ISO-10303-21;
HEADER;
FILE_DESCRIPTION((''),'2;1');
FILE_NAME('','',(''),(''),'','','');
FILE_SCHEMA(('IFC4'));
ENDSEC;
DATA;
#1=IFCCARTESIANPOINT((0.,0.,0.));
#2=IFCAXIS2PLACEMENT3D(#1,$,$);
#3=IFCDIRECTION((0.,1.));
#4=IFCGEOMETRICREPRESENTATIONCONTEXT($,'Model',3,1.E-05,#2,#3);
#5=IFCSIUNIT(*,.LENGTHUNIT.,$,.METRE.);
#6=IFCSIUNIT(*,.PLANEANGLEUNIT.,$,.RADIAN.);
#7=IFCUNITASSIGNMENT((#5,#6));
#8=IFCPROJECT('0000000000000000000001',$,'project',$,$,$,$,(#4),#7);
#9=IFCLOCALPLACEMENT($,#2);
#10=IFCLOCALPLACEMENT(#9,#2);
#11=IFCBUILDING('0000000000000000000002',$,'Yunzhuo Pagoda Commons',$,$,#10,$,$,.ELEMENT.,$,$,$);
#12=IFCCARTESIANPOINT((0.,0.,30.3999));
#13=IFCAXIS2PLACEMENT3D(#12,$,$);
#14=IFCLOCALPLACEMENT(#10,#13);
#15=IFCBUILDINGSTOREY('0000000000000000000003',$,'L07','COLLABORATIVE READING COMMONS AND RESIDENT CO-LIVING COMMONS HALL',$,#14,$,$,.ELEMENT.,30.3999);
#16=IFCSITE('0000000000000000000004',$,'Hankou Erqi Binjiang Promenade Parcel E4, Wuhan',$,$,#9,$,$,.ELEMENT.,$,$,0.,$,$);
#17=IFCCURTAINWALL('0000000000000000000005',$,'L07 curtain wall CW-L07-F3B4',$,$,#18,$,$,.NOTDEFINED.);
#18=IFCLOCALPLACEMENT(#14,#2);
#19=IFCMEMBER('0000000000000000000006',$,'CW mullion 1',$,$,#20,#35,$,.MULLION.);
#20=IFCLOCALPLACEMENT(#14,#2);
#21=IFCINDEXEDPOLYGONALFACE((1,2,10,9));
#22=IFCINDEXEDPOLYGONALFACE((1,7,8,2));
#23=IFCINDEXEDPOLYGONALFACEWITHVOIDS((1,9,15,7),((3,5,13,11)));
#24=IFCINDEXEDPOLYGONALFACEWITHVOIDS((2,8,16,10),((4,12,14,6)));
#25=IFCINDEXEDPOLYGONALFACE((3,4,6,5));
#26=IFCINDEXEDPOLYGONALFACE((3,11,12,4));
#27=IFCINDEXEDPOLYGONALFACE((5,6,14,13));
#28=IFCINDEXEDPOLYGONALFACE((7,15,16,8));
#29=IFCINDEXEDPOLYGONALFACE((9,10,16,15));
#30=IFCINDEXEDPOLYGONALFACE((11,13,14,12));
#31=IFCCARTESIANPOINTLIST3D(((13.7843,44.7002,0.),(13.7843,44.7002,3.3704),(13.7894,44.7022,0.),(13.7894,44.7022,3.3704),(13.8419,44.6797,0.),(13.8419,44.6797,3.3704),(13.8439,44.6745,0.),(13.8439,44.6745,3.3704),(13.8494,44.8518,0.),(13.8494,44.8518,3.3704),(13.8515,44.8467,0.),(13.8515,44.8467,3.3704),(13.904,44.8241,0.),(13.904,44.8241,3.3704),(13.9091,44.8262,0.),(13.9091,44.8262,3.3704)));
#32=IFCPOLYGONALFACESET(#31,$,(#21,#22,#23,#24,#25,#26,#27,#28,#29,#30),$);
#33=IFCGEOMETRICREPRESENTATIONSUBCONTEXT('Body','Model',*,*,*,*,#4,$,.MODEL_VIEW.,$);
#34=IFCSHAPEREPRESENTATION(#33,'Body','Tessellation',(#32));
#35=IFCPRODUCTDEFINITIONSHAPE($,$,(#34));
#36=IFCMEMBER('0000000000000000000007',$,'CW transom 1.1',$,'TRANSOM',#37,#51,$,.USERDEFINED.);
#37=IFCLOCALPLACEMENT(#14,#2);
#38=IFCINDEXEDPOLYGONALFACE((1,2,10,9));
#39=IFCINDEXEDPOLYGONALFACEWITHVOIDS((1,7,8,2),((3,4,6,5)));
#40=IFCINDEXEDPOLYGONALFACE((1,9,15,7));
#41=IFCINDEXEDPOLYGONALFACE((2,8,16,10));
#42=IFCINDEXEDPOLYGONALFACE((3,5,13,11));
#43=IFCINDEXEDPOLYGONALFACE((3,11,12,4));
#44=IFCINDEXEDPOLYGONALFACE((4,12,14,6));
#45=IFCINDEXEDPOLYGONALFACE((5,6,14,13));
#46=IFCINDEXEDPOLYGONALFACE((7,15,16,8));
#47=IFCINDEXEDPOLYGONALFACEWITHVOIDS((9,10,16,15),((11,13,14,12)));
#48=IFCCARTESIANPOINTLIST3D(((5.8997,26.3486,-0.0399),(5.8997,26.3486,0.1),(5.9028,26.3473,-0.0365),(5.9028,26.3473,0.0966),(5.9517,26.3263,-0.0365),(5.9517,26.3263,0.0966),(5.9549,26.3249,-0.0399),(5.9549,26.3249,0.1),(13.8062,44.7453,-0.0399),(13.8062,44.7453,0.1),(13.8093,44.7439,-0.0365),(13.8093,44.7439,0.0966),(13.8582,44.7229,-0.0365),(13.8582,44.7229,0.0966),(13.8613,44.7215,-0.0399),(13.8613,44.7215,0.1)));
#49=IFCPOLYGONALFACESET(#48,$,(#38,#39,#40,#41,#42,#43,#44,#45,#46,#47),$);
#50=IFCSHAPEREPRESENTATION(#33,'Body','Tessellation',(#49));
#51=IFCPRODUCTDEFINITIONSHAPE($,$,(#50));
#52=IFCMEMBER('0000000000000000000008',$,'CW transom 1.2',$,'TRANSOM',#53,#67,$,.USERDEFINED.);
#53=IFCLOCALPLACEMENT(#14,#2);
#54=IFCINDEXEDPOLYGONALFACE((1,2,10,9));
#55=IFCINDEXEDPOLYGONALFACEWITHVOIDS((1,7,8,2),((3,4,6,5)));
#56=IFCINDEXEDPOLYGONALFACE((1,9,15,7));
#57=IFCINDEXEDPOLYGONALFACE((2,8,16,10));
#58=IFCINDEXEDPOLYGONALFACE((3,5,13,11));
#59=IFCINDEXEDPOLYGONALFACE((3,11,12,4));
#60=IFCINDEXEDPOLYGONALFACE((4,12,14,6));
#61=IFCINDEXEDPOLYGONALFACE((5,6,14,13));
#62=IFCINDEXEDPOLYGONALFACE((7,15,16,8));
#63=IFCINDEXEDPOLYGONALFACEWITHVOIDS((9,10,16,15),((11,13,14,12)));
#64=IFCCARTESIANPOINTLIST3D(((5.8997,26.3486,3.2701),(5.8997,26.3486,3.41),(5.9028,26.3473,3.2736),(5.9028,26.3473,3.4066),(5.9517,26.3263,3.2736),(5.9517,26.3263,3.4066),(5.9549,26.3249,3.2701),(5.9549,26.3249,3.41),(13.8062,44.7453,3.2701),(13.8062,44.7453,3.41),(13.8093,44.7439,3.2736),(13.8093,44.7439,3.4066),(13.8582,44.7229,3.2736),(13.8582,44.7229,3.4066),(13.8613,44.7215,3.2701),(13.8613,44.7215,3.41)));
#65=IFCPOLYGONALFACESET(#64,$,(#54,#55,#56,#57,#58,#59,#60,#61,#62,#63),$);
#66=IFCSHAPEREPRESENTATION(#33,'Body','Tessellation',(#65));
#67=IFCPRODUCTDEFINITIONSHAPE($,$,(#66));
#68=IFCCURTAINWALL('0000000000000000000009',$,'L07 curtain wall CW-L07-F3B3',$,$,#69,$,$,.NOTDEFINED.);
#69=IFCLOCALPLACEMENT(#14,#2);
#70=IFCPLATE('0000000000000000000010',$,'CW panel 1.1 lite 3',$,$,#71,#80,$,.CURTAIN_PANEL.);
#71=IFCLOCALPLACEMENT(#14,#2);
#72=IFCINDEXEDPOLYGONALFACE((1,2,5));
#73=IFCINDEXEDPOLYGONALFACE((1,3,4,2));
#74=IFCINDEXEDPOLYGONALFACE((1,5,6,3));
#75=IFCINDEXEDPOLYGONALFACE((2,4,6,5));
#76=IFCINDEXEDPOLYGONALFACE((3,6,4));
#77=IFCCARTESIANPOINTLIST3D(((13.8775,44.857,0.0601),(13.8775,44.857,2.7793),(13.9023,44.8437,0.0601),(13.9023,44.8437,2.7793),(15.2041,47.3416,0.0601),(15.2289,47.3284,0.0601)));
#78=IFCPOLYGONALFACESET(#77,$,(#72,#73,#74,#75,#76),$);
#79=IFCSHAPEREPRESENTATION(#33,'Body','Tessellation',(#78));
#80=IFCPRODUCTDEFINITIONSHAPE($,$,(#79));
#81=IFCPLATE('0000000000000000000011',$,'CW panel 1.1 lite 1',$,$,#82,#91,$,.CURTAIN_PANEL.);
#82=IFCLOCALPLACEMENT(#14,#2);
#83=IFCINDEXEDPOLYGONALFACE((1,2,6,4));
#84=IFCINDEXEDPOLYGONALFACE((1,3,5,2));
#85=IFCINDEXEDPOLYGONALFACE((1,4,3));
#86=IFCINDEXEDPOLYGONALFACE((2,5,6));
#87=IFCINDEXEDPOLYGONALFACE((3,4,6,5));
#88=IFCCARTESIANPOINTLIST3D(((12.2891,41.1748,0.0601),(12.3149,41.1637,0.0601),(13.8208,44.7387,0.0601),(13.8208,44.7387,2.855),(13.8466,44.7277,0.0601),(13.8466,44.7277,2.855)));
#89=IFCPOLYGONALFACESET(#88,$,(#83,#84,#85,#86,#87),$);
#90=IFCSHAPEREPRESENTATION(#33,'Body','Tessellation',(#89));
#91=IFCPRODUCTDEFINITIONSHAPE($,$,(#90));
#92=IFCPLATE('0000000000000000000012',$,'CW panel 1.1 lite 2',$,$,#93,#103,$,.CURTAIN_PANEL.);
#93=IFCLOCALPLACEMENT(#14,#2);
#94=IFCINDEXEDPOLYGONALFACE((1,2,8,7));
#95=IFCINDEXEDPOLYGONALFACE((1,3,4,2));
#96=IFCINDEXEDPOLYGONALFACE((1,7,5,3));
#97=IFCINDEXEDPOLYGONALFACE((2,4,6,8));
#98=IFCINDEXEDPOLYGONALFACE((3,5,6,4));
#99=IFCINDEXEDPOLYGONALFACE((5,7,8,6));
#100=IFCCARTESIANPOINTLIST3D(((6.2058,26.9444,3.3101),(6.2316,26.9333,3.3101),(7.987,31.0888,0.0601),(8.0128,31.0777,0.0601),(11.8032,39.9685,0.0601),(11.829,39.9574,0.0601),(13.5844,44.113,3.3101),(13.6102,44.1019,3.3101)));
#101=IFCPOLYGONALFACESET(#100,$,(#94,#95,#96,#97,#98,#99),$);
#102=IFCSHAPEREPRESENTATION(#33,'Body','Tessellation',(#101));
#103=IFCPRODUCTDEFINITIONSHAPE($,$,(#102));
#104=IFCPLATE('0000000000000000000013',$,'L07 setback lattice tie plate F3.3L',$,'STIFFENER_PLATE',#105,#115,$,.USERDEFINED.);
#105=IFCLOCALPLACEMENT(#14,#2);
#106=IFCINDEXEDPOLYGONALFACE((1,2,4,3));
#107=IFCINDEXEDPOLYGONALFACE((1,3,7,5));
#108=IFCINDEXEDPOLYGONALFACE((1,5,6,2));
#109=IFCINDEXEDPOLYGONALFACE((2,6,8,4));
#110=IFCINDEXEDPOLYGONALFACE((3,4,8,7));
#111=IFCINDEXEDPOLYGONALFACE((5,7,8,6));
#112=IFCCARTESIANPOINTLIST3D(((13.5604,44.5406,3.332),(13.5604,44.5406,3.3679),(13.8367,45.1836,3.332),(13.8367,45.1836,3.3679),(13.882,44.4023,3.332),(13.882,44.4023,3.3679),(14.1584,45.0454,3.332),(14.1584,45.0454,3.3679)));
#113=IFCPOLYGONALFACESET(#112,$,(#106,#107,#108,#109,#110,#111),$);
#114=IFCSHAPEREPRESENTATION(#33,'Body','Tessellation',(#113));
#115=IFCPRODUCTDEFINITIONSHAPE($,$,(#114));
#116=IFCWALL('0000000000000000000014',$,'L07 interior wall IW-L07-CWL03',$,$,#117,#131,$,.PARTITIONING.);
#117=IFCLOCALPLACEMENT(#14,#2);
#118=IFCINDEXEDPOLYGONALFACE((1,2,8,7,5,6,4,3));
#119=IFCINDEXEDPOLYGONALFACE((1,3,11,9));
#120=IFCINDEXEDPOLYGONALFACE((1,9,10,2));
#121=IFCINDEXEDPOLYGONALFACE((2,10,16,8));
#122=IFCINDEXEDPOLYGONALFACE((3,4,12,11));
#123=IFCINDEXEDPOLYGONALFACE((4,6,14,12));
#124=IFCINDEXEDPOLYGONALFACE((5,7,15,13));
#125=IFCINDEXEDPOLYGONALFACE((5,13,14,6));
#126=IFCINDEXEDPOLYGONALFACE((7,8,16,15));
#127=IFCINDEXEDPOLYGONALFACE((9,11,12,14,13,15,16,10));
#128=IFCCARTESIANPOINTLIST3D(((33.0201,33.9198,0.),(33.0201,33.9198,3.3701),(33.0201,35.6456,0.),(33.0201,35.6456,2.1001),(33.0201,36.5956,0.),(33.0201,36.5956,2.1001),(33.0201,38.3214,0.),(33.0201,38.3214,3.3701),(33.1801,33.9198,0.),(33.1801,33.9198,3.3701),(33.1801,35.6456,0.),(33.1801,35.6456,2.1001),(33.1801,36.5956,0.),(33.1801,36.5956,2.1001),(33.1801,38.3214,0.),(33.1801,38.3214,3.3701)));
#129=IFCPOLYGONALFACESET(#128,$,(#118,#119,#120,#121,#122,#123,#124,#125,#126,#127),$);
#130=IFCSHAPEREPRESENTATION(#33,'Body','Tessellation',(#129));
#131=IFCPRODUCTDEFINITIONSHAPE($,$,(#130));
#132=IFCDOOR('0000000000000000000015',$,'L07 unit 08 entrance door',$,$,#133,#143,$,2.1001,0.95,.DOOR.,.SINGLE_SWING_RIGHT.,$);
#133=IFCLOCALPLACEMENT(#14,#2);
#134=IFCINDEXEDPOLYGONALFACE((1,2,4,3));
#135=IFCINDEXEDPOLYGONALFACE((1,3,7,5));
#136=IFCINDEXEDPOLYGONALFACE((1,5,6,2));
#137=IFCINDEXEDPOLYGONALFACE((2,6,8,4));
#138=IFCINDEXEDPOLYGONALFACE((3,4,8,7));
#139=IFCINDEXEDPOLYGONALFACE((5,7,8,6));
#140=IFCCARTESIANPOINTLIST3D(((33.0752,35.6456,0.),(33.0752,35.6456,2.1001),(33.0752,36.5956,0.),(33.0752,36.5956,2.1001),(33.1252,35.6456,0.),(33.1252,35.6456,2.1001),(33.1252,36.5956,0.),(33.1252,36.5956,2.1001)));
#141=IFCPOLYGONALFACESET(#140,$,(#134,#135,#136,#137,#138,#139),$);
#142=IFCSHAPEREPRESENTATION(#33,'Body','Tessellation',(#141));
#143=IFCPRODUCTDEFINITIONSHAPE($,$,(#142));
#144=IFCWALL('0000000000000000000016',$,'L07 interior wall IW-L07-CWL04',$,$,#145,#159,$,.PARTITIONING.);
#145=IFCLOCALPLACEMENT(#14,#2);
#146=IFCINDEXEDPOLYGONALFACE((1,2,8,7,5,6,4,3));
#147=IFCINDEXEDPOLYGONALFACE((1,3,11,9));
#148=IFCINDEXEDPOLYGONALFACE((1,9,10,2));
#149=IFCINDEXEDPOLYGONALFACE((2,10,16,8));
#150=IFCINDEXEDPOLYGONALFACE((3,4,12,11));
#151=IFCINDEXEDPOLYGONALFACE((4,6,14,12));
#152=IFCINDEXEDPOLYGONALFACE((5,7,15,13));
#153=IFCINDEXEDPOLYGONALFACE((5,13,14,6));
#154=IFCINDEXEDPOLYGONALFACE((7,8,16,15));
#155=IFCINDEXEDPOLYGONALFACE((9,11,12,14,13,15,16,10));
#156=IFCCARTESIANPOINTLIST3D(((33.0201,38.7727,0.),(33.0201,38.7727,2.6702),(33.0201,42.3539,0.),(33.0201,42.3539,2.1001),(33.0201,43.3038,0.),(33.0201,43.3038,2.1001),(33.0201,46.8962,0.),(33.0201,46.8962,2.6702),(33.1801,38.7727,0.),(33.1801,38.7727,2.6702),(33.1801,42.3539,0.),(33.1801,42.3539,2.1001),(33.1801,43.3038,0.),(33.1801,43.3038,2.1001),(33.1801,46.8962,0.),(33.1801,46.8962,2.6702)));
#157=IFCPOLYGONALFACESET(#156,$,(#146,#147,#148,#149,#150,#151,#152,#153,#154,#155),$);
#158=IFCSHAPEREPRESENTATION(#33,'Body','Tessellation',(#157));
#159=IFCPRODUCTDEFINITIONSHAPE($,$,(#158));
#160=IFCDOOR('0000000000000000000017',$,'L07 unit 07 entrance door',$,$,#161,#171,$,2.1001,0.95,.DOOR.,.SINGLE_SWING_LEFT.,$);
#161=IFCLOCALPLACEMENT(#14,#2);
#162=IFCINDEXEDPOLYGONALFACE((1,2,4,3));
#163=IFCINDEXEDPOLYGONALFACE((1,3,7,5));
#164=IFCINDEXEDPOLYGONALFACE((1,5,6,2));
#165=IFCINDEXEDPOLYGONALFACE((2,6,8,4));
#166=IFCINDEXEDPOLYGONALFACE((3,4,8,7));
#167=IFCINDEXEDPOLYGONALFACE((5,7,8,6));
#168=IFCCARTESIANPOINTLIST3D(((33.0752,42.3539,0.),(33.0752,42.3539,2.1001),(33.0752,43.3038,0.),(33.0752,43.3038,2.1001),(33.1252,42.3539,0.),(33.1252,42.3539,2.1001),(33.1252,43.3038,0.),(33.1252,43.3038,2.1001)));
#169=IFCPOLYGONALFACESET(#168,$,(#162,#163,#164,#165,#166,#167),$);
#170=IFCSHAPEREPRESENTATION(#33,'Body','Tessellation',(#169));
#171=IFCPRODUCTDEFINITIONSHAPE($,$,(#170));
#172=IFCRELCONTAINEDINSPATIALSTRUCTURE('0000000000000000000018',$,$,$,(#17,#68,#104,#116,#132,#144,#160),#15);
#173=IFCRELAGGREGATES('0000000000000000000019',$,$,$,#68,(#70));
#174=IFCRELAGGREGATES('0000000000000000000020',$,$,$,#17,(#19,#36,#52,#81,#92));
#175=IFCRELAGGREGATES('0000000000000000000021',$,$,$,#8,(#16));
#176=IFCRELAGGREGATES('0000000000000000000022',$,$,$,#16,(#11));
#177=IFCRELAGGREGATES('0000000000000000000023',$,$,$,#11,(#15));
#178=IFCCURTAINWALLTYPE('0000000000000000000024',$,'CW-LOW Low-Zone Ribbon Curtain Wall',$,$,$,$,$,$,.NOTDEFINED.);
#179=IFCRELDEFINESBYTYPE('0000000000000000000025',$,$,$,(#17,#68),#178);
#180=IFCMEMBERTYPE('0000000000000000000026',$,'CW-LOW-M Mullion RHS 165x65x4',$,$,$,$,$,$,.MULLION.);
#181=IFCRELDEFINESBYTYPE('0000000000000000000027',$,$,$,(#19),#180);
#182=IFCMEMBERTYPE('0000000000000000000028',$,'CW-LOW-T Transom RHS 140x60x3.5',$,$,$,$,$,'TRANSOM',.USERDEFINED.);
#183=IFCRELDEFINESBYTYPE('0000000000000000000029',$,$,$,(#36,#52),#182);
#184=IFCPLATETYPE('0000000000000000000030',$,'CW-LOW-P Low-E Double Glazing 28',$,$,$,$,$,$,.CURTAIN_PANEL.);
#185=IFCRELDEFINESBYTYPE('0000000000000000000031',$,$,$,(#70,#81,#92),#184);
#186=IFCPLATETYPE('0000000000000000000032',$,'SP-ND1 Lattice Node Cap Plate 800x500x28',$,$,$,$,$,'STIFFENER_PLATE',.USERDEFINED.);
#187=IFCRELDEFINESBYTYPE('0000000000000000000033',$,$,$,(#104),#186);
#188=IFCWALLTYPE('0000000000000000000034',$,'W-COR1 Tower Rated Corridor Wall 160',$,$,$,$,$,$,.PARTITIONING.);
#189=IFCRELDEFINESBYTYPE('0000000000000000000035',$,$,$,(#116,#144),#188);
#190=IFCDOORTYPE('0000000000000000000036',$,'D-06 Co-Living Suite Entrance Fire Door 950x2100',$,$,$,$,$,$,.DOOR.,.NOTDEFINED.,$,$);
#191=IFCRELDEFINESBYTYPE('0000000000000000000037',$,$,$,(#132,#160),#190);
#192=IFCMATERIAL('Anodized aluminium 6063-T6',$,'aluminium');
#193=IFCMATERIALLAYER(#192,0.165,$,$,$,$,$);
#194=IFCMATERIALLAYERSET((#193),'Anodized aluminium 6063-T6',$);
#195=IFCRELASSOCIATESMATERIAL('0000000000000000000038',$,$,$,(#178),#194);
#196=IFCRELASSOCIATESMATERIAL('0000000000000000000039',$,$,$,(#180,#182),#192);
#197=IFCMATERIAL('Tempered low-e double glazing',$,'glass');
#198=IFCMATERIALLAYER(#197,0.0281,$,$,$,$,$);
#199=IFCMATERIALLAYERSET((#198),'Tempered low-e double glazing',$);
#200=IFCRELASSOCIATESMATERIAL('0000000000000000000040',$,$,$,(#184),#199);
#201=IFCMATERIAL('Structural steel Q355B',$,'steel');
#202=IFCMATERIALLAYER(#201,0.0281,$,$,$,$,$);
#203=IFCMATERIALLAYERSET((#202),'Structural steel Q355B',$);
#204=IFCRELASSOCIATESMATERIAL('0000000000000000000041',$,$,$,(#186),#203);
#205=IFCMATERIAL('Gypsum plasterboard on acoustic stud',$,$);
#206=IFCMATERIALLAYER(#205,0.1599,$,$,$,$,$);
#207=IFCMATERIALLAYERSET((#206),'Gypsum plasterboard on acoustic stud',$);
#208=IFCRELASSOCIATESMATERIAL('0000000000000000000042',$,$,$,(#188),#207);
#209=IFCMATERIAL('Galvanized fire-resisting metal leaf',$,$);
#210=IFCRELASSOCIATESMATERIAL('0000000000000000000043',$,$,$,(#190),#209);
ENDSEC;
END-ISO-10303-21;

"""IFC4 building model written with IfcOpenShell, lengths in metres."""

from ifc_helpers import new_model, si_unit, direction, frame, frame_2d, origin, origin_with_axes, origin_2d, place, context, subcontext, project, spatial, polyline, rectangle, hollow_rectangle, outline, extrude, source, transform, mapped, material, layer, layer_set, material_profile, profile_set, type_object, element, fill, aggregate, save


model = new_model("IFC4")

# Units and contexts
model_context = context("Model", 3, precision=1e-05, world=origin(), true_north=direction((0.0, 1.0)))
body_context = subcontext(model_context, "Body", "Model", "MODEL_VIEW")
ifc_project = project(units=[si_unit("LENGTHUNIT", "METRE"), si_unit("PLANEANGLEUNIT", "RADIAN")], contexts=[model_context])

# Site, building, storey
site_placement = place(None, origin())
site = spatial("IfcSite", under=ifc_project, at=site_placement, Name="Hankou Erqi Binjiang Promenade Parcel E4, Wuhan", CompositionType="ELEMENT", RefElevation=0.0)
building_placement = place(site_placement, origin())
building = spatial("IfcBuilding", under=site, at=building_placement, Name="Yunzhuo Pagoda Commons", CompositionType="ELEMENT")
storey_placement = place(building_placement, frame((0.0, 0.0, 30.3999)))
storey = spatial("IfcBuildingStorey", under=building, at=storey_placement, Name="L07", Description="COLLABORATIVE READING COMMONS AND RESIDENT CO-LIVING COMMONS HALL", CompositionType="ELEMENT", Elevation=30.3999)

# Shared definitions
ifc_material_1 = material(Name="Structural steel Q355B", Category="steel")

# Curtain wall, members
ifc_material_2 = material(Name="Anodized aluminium 6063-T6", Category="aluminium")
ifc_layer_1 = layer(ifc_material_2, 0.165)
ifc_layer_set_1 = layer_set([ifc_layer_1], Name="Anodized aluminium 6063-T6")
curtain_wall_type = type_object("IfcCurtainWallType", Name="CW-LOW Low-Zone Ribbon Curtain Wall", PredefinedType="NOTDEFINED", material=ifc_layer_set_1)
curtain_wall_1_placement = place(storey_placement, origin())
curtain_wall_1 = element("IfcCurtainWall", 1, at=curtain_wall_1_placement, inside=storey, type_object=curtain_wall_type, Name="L07 curtain wall CW-L07-F3B4", PredefinedType="NOTDEFINED")
ifc_material_profile_1 = material_profile(ifc_material_2, hollow_rectangle(XDim=0.0649, YDim=0.165, WallThickness=0.0039, at=origin_2d()), Name="Anodized aluminium 6063-T6")
ifc_profile_set_1 = profile_set([ifc_material_profile_1], Name="Anodized aluminium 6063-T6")
member_type_1 = type_object("IfcMemberType", Name="CW-LOW-M Mullion RHS 165x65x4", PredefinedType="MULLION", material=ifc_profile_set_1)
shared_shape_1 = source(origin(), body_context, "Body", "SweptSolid", [
    extrude(hollow_rectangle(XDim=0.0649, YDim=0.165, WallThickness=0.0039, at=origin_2d()), origin(), (0.0, 0.0, 1.0), 3.3704),
])
member_1_placement = place(storey_placement, frame((13.8467, 44.7632, 0.0), z_axis=(0.0, 0.0, 1.0), x_axis=(0.918745, -0.394851, 0.0)))
member_1 = element("IfcMember", 2, at=member_1_placement, type_object=member_type_1, Name="CW mullion 1", PredefinedType="MULLION", context=body_context, shape_type="MappedRepresentation", body=[
    mapped(shared_shape_1, transform((0.0, 0.0, 0.0), scale=1.0)),
])
ifc_material_profile_2 = material_profile(ifc_material_2, hollow_rectangle(XDim=0.0601, YDim=0.1399, WallThickness=0.0034, at=origin_2d()), Name="Anodized aluminium 6063-T6")
ifc_profile_set_2 = profile_set([ifc_material_profile_2], Name="Anodized aluminium 6063-T6")
member_type_2 = type_object("IfcMemberType", Name="CW-LOW-T Transom RHS 140x60x3.5", ElementType="TRANSOM", PredefinedType="USERDEFINED", material=ifc_profile_set_2)
shared_shape_2 = source(origin(), body_context, "Body", "SweptSolid", [
    extrude(hollow_rectangle(XDim=0.0601, YDim=0.1399, WallThickness=0.0034, at=origin_2d()), origin(), (0.0, 0.0, 1.0), 20.0237),
])
member_2_placement = place(storey_placement, frame((13.8337, 44.7334, 0.03), z_axis=(-0.394855, -0.918743, 0.0), x_axis=(0.918743, -0.394855, 0.0)))
member_2 = element("IfcMember", 3, at=member_2_placement, type_object=member_type_2, Name="CW transom 1.1", ObjectType="TRANSOM", PredefinedType="USERDEFINED", context=body_context, shape_type="MappedRepresentation", body=[
    mapped(shared_shape_2, transform((0.0, 0.0, 0.0), scale=1.0)),
])
member_3_placement = place(storey_placement, frame((13.8337, 44.7334, 3.3401), z_axis=(-0.394855, -0.918743, 0.0), x_axis=(0.918743, -0.394855, 0.0)))
member_3 = element("IfcMember", 4, at=member_3_placement, type_object=member_type_2, Name="CW transom 1.2", ObjectType="TRANSOM", PredefinedType="USERDEFINED", context=body_context, shape_type="MappedRepresentation", body=[
    mapped(shared_shape_2, transform((0.0, 0.0, 0.0), scale=1.0)),
])

# Curtain wall, plate
curtain_wall_2_placement = place(storey_placement, origin())
curtain_wall_2 = element("IfcCurtainWall", 5, at=curtain_wall_2_placement, inside=storey, type_object=curtain_wall_type, Name="L07 curtain wall CW-L07-F3B3", PredefinedType="NOTDEFINED")
ifc_material_3 = material(Name="Tempered low-e double glazing", Category="glass")
ifc_layer_2 = layer(ifc_material_3, 0.0281)
ifc_layer_set_2 = layer_set([ifc_layer_2], Name="Tempered low-e double glazing")
plate_type_1 = type_object("IfcPlateType", Name="CW-LOW-P Low-E Double Glazing 28", PredefinedType="CURTAIN_PANEL", material=ifc_layer_set_2)
plate_1_placement = place(storey_placement, frame((14.5657, 46.0862, 1.4197), z_axis=(-0.882141, 0.470985, 0.0), x_axis=(-0.470985, -0.882141, 0.0)))
plate_1 = element("IfcPlate", 6, at=plate_1_placement, type_object=plate_type_1, Name="CW panel 1.1 lite 3", PredefinedType="CURTAIN_PANEL", context=body_context, shape_type="SweptSolid", body=[
    extrude(outline(polyline([(-1.4082, -1.3596), (1.4084, -1.3596), (1.4084, 1.3596), (-1.4082, -1.3596)])), origin(), (0.0, 0.0, 1.0), 0.0281),
])
aggregate(curtain_wall_2, [plate_1])

# Plates
plate_2_placement = place(storey_placement, frame((13.0808, 42.9458, 1.4575), z_axis=(-0.918745, 0.394851, 0.0), x_axis=(-0.394851, -0.918745, 0.0)))
plate_2 = element("IfcPlate", 7, at=plate_2_placement, type_object=plate_type_1, Name="CW panel 1.1 lite 1", PredefinedType="CURTAIN_PANEL", context=body_context, shape_type="SweptSolid", body=[
    extrude(outline(polyline([(-1.9395, -1.3975), (1.9397, -1.3975), (-1.9395, 1.3975), (-1.9395, -1.3975)])), origin(), (0.0, 0.0, 1.0), 0.0281),
])
plate_3_placement = place(storey_placement, frame((9.9209, 35.5176, 1.6851), z_axis=(-0.918745, 0.394851, 0.0), x_axis=(-0.394851, -0.918745, 0.0)))
plate_3 = element("IfcPlate", 8, at=plate_3_placement, type_object=plate_type_1, Name="CW panel 1.1 lite 2", PredefinedType="CURTAIN_PANEL", context=body_context, shape_type="SweptSolid", body=[
    extrude(outline(polyline([(-9.3435, 1.625), (-4.8325, -1.625), (4.8325, -1.625), (9.3435, 1.625), (-9.3435, 1.625)])), origin(), (0.0, 0.0, 1.0), 0.0281),
])
aggregate(curtain_wall_1, [member_1, member_2, member_3, plate_2, plate_3])
ifc_layer_3 = layer(ifc_material_1, 0.0281)
ifc_layer_set_3 = layer_set([ifc_layer_3], Name="Structural steel Q355B")
plate_type_2 = type_object("IfcPlateType", Name="SP-ND1 Lattice Node Cap Plate 800x500x28", ElementType="STIFFENER_PLATE", PredefinedType="USERDEFINED", material=ifc_layer_set_3)
shared_shape_3 = source(origin(), body_context, "Body", "SweptSolid", [
    extrude(rectangle(XDim=0.7, YDim=0.3501, at=origin_2d()), origin(), (0.0, 0.0, 1.0), 0.0359),
])
plate_4_placement = place(storey_placement, frame((13.8594, 44.793, 3.332), z_axis=(0.0, 0.0, 1.0), x_axis=(-0.394856, -0.918743, 0.0)))
element("IfcPlate", 9, at=plate_4_placement, inside=storey, type_object=plate_type_2, Name="L07 setback lattice tie plate F3.3L", ObjectType="STIFFENER_PLATE", PredefinedType="USERDEFINED", context=body_context, shape_type="MappedRepresentation", body=[
    mapped(shared_shape_3, transform((0.0, 0.0, 0.0), scale=1.0)),
])

# Walls, openings, doors
ifc_material_4 = material(Name="Gypsum plasterboard on acoustic stud")
ifc_layer_4 = layer(ifc_material_4, 0.1599)
ifc_layer_set_4 = layer_set([ifc_layer_4], Name="Gypsum plasterboard on acoustic stud")
wall_type_1 = type_object("IfcWallType", Name="W-COR1 Tower Rated Corridor Wall 160", PredefinedType="PARTITIONING", material=ifc_layer_set_4)
wall_1_placement = place(storey_placement, frame((33.1001, 33.9199, 0.0), z_axis=(0.0, 0.0, 1.0), x_axis=(0.0, 1.0, 0.0)))
wall_1 = element("IfcWall", 10, at=wall_1_placement, inside=storey, type_object=wall_type_1, Name="L07 interior wall IW-L07-CWL03", PredefinedType="PARTITIONING", context=body_context, shape_type="SweptSolid", body=[
    extrude(rectangle(XDim=4.4016, YDim=0.1599, at=frame_2d((2.2007, 0.0))), origin(), (0.0, 0.0, 1.0), 3.3701),
])
opening_1_placement = place(wall_1_placement, frame((1.7256, 0.0, 0.0)))
opening_1 = element("IfcOpeningElement", 11, at=opening_1_placement, cuts=wall_1, PredefinedType="OPENING", context=body_context, shape_type="SweptSolid", body=[
    extrude(rectangle(XDim=0.95, YDim=2.1001, at=frame_2d((0.4751, 1.05))), frame((0.0, 0.0898, 0.0), z_axis=(0.0, -1.0, 0.0), x_axis=(1.0, 0.0, 0.0)), (0.0, 0.0, 1.0), 0.1799),
])
ifc_material_5 = material(Name="Galvanized fire-resisting metal leaf")
door_type = type_object("IfcDoorType", Name="D-06 Co-Living Suite Entrance Fire Door 950x2100", OperationType="NOTDEFINED", PredefinedType="DOOR", material=ifc_material_5)
shared_shape_4 = source(origin(), body_context, "Body", "SweptSolid", [
    extrude(rectangle(XDim=0.95, YDim=2.1001, at=frame_2d((0.4751, 1.05))), frame((0.0, 0.0249, 0.0), z_axis=(0.0, -1.0, 0.0), x_axis=(1.0, 0.0, 0.0)), (0.0, 0.0, 1.0), 0.05),
])
door_1_placement = place(opening_1_placement, origin_with_axes())
door_1 = element("IfcDoor", 12, at=door_1_placement, inside=storey, type_object=door_type, Name="L07 unit 08 entrance door", OperationType="SINGLE_SWING_RIGHT", OverallHeight=2.1001, OverallWidth=0.95, PredefinedType="DOOR", context=body_context, shape_type="MappedRepresentation", body=[
    mapped(shared_shape_4, transform((0.0, 0.0, 0.0), scale=1.0)),
])
fill(opening_1, door_1)
wall_2_placement = place(storey_placement, frame((33.1001, 38.7727, 0.0), z_axis=(0.0, 0.0, 1.0), x_axis=(0.0, 1.0, 0.0)))
wall_2 = element("IfcWall", 13, at=wall_2_placement, inside=storey, type_object=wall_type_1, Name="L07 interior wall IW-L07-CWL04", PredefinedType="PARTITIONING", context=body_context, shape_type="SweptSolid", body=[
    extrude(rectangle(XDim=8.1235, YDim=0.1599, at=frame_2d((4.0618, 0.0))), origin(), (0.0, 0.0, 1.0), 2.6702),
])
opening_2_placement = place(wall_2_placement, frame((3.5811, 0.0, 0.0)))
opening_2 = element("IfcOpeningElement", 14, at=opening_2_placement, cuts=wall_2, PredefinedType="OPENING", context=body_context, shape_type="SweptSolid", body=[
    extrude(rectangle(XDim=0.95, YDim=2.1001, at=frame_2d((0.4751, 1.05))), frame((0.0, 0.0898, 0.0), z_axis=(0.0, -1.0, 0.0), x_axis=(1.0, 0.0, 0.0)), (0.0, 0.0, 1.0), 0.1799),
])
door_2_placement = place(opening_2_placement, origin_with_axes())
door_2 = element("IfcDoor", 15, at=door_2_placement, inside=storey, type_object=door_type, Name="L07 unit 07 entrance door", OperationType="SINGLE_SWING_LEFT", OverallHeight=2.1001, OverallWidth=0.95, PredefinedType="DOOR", context=body_context, shape_type="MappedRepresentation", body=[
    mapped(shared_shape_4, transform((0.0, 0.0, 0.0), scale=1.0)),
])
fill(opening_2, door_2)

save(model, "model.ifc")
